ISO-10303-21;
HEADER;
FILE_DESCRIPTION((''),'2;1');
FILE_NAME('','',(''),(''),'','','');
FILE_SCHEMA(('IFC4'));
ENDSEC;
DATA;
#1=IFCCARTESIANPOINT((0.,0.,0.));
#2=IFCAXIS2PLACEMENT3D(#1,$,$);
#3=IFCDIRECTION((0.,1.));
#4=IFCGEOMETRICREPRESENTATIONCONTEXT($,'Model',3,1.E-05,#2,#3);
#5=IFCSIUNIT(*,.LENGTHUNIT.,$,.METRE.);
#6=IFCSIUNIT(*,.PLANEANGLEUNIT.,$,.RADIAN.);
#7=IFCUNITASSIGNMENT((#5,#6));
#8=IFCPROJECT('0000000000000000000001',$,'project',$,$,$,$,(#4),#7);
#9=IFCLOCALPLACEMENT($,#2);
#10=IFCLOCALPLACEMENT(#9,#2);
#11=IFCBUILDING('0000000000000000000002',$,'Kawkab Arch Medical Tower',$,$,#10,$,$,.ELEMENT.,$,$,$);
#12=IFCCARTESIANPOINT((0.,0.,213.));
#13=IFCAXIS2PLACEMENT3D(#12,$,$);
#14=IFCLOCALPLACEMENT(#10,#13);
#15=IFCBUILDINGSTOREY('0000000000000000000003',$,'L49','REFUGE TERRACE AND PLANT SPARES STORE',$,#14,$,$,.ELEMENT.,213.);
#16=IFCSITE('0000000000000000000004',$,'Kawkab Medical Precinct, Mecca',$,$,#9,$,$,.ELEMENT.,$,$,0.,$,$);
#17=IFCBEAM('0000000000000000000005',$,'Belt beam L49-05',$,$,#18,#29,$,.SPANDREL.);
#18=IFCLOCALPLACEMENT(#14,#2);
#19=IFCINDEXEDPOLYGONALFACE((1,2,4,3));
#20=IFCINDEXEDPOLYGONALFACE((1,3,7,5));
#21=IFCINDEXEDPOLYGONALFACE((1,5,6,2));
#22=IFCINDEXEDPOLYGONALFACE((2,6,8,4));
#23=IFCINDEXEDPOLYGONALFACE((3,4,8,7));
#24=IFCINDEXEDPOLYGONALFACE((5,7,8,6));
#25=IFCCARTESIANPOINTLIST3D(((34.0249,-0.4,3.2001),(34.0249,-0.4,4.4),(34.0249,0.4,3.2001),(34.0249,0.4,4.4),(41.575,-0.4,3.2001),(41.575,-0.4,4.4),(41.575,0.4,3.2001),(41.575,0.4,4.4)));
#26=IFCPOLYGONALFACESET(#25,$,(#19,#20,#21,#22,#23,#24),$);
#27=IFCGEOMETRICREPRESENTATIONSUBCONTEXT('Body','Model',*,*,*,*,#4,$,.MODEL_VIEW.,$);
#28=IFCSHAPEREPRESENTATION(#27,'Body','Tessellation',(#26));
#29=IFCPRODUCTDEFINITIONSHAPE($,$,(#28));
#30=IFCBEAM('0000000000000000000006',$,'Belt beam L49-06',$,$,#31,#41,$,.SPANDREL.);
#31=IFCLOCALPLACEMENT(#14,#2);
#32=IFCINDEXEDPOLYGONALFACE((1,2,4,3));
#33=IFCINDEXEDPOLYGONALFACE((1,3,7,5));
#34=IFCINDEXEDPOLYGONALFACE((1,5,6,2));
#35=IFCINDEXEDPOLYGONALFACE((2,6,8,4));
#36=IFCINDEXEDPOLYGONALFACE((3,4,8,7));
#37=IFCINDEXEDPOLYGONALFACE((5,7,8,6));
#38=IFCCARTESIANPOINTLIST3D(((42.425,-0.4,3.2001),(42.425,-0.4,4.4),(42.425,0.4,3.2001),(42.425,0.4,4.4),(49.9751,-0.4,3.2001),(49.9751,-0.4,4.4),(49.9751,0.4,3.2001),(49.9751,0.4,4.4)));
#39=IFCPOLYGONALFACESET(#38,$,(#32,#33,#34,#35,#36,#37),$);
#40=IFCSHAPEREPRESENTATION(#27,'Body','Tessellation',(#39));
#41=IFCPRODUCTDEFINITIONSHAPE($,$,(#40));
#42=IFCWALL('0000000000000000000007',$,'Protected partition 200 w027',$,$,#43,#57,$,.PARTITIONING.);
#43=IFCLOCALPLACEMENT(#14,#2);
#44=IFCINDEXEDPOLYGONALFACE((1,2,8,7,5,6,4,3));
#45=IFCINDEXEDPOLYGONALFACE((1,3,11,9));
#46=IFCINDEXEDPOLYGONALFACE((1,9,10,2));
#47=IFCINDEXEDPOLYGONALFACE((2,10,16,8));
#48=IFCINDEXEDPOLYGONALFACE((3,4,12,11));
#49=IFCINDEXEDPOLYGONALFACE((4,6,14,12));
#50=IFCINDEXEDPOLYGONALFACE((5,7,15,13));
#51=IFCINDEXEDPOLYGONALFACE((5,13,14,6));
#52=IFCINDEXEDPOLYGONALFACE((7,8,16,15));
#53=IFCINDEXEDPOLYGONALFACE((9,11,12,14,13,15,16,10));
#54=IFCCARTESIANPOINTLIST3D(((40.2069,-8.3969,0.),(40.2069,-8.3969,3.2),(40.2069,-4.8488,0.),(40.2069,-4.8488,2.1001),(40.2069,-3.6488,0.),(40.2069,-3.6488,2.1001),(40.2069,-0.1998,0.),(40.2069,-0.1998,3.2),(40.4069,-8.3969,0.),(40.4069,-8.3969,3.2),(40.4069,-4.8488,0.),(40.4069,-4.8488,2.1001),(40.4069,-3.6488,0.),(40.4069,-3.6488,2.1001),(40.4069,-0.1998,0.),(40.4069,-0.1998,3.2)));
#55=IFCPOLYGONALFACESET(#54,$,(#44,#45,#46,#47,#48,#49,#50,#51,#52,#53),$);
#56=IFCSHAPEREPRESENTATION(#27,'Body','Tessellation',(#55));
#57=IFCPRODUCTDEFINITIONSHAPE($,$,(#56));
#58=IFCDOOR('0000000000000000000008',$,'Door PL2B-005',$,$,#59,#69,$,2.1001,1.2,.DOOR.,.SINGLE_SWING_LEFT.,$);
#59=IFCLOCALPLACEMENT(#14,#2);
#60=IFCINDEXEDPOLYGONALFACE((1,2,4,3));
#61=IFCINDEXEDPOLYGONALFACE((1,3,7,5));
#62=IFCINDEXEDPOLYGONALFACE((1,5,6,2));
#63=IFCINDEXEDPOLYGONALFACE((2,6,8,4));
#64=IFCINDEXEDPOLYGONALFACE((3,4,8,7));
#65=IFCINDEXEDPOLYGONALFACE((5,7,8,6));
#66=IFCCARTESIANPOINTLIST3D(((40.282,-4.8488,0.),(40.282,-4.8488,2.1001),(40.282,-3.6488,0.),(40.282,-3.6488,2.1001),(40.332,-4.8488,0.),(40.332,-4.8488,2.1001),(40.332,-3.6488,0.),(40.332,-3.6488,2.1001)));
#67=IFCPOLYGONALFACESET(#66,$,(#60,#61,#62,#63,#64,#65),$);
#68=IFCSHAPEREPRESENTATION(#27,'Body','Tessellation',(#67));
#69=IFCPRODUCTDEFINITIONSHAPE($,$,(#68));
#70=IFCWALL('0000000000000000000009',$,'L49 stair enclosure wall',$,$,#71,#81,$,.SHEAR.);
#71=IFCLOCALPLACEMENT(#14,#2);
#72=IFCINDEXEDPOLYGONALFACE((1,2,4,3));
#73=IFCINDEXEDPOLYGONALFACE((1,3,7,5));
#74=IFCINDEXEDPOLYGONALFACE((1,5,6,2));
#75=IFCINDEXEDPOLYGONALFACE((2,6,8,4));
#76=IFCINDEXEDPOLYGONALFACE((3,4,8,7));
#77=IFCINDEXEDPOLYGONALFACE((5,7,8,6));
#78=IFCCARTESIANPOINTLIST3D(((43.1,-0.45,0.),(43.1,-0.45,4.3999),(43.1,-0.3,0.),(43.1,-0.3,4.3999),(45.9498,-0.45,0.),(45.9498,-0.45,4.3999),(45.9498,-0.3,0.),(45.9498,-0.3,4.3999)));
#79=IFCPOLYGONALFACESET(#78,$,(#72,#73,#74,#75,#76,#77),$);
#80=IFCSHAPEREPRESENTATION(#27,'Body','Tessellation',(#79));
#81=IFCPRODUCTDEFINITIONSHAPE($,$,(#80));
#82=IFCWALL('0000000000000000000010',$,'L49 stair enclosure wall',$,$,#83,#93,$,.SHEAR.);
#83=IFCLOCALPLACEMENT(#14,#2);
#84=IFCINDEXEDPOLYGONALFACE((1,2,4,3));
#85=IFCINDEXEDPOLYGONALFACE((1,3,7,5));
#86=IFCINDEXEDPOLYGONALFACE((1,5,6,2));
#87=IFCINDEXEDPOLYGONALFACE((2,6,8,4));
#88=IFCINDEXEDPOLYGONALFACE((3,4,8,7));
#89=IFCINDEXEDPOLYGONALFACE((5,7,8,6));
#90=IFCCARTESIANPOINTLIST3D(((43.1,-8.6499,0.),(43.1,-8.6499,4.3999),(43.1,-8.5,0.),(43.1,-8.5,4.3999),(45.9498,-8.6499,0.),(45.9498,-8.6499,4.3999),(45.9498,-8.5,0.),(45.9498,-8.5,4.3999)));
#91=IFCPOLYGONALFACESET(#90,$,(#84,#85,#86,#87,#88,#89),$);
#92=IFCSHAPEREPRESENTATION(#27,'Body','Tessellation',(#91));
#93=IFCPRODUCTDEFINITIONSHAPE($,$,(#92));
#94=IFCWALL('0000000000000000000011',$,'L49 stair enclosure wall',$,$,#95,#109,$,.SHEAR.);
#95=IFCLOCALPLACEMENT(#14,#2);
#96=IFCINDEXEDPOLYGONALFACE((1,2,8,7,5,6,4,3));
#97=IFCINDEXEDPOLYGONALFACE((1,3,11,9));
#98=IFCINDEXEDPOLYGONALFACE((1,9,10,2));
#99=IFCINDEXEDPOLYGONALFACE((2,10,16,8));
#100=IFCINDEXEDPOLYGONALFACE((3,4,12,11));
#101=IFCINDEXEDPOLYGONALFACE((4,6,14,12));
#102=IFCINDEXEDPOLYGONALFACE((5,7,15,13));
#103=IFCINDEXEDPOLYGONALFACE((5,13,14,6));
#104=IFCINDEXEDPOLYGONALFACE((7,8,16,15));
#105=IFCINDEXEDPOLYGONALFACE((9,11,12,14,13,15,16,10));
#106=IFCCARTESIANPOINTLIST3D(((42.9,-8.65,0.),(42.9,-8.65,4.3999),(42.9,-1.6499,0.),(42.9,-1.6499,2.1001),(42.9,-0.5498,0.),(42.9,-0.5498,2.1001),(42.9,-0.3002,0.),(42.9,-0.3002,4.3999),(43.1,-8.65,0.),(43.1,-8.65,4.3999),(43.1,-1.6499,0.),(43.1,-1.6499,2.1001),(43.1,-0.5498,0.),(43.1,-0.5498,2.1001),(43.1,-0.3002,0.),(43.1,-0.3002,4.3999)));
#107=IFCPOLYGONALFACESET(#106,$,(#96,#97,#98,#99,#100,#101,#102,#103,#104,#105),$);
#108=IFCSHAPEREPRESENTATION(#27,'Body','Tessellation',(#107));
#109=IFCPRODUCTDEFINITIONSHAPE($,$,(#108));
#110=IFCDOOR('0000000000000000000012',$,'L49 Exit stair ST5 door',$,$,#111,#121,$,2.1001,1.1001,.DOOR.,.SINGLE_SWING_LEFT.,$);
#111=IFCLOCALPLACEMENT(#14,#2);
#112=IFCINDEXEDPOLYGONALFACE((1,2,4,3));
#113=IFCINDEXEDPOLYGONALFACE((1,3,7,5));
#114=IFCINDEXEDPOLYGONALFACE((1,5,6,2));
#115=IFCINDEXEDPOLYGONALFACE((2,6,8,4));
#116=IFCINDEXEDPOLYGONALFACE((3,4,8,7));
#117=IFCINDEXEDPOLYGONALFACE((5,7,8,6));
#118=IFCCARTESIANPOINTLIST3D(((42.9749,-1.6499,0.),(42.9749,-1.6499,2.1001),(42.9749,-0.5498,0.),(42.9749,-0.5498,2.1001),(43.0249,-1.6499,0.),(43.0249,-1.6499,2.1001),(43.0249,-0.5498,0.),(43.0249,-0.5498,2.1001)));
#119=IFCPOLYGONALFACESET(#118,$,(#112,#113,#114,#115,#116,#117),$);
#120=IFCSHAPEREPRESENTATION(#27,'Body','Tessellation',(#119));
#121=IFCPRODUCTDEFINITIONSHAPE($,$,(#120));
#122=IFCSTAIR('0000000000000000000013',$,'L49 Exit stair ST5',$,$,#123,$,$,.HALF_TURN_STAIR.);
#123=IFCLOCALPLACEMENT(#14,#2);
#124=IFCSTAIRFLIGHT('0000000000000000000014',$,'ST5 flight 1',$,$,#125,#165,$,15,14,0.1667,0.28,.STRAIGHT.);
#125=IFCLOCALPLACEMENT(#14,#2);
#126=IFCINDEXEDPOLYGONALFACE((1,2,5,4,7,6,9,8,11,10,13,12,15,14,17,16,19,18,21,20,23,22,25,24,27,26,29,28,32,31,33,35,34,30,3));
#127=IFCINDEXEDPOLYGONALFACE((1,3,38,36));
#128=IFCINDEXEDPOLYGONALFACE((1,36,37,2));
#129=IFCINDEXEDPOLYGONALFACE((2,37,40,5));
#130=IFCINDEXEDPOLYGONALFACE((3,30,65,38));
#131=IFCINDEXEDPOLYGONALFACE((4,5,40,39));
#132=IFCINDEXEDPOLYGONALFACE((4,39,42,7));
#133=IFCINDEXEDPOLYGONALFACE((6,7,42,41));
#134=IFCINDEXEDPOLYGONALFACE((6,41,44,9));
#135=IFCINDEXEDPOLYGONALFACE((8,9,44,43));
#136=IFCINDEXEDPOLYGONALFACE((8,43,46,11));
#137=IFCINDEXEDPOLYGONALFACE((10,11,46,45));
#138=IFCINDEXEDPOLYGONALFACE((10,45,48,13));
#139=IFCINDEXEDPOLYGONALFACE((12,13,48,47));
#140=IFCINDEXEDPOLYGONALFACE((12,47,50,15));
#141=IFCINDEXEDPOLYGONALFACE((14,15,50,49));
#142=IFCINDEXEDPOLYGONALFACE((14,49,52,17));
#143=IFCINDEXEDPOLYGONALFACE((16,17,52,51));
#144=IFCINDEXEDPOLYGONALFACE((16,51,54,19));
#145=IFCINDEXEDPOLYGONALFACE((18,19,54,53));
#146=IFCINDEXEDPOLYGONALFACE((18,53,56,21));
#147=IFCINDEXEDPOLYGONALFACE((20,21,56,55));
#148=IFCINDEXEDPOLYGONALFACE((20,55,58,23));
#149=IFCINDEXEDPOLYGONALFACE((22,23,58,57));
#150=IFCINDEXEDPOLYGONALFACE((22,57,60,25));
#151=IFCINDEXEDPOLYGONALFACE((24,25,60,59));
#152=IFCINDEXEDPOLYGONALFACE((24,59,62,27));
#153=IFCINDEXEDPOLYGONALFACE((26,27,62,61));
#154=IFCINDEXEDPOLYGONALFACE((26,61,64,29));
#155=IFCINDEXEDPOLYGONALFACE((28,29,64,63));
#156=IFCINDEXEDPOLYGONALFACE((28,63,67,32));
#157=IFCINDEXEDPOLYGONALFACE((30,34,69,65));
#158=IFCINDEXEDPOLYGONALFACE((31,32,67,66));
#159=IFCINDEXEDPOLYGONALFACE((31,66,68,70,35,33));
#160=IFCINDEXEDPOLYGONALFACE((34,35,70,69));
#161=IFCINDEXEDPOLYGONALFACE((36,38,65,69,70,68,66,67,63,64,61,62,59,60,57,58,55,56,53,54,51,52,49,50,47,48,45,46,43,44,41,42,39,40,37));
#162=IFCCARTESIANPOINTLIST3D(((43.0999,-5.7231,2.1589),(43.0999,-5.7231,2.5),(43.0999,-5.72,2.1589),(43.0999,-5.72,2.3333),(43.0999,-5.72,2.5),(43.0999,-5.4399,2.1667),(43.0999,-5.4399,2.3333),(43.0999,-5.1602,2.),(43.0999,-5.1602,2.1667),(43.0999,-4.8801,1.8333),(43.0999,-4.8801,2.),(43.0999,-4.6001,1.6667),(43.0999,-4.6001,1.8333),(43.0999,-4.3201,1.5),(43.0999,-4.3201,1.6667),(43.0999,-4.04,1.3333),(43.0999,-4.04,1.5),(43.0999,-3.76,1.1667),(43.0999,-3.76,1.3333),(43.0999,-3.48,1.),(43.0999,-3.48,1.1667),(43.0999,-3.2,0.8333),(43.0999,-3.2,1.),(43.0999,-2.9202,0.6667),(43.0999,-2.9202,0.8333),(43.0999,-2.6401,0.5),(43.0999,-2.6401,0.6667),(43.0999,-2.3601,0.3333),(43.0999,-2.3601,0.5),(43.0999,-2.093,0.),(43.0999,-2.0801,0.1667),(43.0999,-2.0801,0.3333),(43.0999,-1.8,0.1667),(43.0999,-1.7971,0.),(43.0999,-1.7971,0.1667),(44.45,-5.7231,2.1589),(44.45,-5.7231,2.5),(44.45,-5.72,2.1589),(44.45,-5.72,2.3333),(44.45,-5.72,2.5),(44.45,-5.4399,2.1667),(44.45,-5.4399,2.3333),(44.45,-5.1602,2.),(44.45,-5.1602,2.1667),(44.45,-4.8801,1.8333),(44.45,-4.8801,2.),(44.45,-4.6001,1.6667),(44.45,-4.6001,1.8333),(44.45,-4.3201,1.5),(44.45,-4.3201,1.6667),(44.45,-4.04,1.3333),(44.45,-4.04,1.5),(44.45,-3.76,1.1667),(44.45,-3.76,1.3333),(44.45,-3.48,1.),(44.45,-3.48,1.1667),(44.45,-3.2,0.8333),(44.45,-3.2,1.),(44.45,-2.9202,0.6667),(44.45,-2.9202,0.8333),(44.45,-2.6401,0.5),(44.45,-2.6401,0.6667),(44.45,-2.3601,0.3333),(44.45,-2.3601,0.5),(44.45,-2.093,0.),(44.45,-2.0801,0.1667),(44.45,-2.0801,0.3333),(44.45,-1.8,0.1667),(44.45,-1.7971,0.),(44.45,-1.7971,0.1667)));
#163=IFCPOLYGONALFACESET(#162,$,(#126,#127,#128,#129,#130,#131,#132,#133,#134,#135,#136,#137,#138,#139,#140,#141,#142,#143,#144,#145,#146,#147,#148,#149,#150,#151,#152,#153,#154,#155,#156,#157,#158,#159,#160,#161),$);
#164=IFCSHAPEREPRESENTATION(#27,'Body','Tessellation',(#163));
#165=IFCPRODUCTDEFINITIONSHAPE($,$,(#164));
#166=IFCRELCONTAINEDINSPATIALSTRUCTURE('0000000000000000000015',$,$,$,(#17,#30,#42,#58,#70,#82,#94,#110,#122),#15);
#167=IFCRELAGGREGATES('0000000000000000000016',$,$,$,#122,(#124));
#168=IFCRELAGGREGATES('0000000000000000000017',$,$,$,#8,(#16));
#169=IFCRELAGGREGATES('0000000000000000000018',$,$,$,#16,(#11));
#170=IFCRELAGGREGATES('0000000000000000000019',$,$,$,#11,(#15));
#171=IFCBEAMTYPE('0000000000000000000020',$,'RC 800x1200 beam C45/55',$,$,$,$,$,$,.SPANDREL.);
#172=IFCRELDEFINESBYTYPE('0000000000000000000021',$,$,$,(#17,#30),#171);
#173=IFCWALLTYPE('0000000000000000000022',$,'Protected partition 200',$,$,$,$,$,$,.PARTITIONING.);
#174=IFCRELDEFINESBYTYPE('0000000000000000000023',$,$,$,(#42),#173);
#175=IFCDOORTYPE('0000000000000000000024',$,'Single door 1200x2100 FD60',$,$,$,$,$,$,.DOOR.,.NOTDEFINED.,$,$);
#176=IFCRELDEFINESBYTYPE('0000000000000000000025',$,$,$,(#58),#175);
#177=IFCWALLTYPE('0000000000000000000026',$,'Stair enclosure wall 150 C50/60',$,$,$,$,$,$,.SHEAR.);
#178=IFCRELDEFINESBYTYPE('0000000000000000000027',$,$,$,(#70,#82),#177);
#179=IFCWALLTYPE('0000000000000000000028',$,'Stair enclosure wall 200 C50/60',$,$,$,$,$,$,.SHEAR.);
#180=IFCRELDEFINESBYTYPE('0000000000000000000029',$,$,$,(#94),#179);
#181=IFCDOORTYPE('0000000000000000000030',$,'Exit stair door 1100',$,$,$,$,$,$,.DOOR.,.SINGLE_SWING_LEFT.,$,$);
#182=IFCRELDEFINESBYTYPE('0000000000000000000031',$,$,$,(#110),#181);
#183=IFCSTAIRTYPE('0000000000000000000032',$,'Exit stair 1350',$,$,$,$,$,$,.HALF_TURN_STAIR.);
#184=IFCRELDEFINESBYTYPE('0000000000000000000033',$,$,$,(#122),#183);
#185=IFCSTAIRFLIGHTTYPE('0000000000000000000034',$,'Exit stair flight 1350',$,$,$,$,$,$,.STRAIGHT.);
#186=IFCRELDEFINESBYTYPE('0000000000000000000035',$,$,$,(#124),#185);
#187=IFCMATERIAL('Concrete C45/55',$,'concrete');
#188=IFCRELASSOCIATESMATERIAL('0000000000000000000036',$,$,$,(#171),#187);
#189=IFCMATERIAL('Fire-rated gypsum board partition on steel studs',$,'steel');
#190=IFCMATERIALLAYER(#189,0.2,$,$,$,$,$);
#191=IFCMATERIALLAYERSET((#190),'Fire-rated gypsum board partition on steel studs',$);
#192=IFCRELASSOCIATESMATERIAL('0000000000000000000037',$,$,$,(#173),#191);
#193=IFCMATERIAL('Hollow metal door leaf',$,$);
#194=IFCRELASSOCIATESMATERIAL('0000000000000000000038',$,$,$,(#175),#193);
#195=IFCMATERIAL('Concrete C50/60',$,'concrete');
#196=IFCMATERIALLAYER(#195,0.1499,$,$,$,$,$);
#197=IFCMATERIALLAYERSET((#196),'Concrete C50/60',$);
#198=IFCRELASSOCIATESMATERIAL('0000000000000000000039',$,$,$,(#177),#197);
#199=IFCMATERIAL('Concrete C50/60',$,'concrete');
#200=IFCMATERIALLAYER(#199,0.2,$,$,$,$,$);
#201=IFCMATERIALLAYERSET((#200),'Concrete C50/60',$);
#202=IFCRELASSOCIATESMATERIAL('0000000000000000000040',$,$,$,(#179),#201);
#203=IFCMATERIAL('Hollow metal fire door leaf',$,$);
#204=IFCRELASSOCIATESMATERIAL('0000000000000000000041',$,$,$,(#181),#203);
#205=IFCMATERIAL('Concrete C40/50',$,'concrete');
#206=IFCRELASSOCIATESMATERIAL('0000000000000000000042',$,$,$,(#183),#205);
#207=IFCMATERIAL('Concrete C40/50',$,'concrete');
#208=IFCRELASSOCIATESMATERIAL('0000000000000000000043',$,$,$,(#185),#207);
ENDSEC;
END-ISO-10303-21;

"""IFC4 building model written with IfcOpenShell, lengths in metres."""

from ifc_helpers import new_model, si_unit, direction, frame, frame_2d, origin, origin_2d, place, context, subcontext, project, spatial, polyline, rectangle, outline, extrude, material, layer, layer_set, material_profile, profile_set, type_object, element, fill, aggregate, save


model = new_model("IFC4")

# Units and contexts
model_context = context("Model", 3, precision=1e-05, world=origin(), true_north=direction((0.0, 1.0)))
body_context = subcontext(model_context, "Body", "Model", "MODEL_VIEW")
ifc_project = project(units=[si_unit("LENGTHUNIT", "METRE"), si_unit("PLANEANGLEUNIT", "RADIAN")], contexts=[model_context])

# Site, building, storey
site_placement = place(None, origin())
site = spatial("IfcSite", under=ifc_project, at=site_placement, Name="Kawkab Medical Precinct, Mecca", CompositionType="ELEMENT", RefElevation=0.0)
building_placement = place(site_placement, origin())
building = spatial("IfcBuilding", under=site, at=building_placement, Name="Kawkab Arch Medical Tower", CompositionType="ELEMENT")
storey_placement = place(building_placement, frame((0.0, 0.0, 213.0)))
storey = spatial("IfcBuildingStorey", under=building, at=storey_placement, Name="L49", Description="REFUGE TERRACE AND PLANT SPARES STORE", CompositionType="ELEMENT", Elevation=213.0)

# Beams
ifc_material_1 = material(Name="Concrete C45/55", Category="concrete")
ifc_material_profile_1 = material_profile(ifc_material_1, rectangle(XDim=0.8, YDim=1.2, at=origin_2d()), Name="RC 800x1200")
ifc_profile_set_1 = profile_set([ifc_material_profile_1], Name="Concrete C45/55")
beam_type = type_object("IfcBeamType", Name="RC 800x1200 beam C45/55", PredefinedType="SPANDREL", material=ifc_profile_set_1)
for number, where, z_axis, x_axis, name in (
    (1, (34.0249, 0.0, 3.8), (1.0, 0.0, 0.0), (0.0, 1.0, 0.0), "Belt beam L49-05"),
    (2, (42.425, 0.0, 3.8), (1.0, 0.0, 0.0), (0.0, 1.0, 0.0), "Belt beam L49-06"),
):
    element("IfcBeam", number, at=place(storey_placement, frame(where, z_axis=z_axis, x_axis=x_axis)), inside=storey, type_object=beam_type, Name=name, PredefinedType="SPANDREL", context=body_context, shape_type="SweptSolid", body=[
        extrude(rectangle(XDim=0.8, YDim=1.2, at=origin_2d()), origin(), (0.0, 0.0, 1.0), 7.55),
    ])

# Wall, opening, door
ifc_material_2 = material(Name="Fire-rated gypsum board partition on steel studs", Category="steel")
ifc_layer_1 = layer(ifc_material_2, 0.2)
ifc_layer_set_1 = layer_set([ifc_layer_1], Name="Fire-rated gypsum board partition on steel studs")
wall_type_1 = type_object("IfcWallType", Name="Protected partition 200", PredefinedType="PARTITIONING", material=ifc_layer_set_1)
wall_1_placement = place(storey_placement, frame((40.3069, -8.397, 0.0), z_axis=(0.0, 0.0, 1.0), x_axis=(0.0, 1.0, 0.0)))
wall_1 = element("IfcWall", 3, at=wall_1_placement, inside=storey, type_object=wall_type_1, Name="Protected partition 200 w027", PredefinedType="PARTITIONING", context=body_context, shape_type="SweptSolid", body=[
    extrude(rectangle(XDim=8.197, YDim=0.2, at=frame_2d((4.0986, 0.0))), origin(), (0.0, 0.0, 1.0), 3.2),
])
opening_1_placement = place(wall_1_placement, frame((3.5481, 0.0, 0.0)))
opening_1 = element("IfcOpeningElement", 4, at=opening_1_placement, cuts=wall_1, PredefinedType="OPENING", context=body_context, shape_type="SweptSolid", body=[
    extrude(rectangle(XDim=1.2, YDim=2.1001, at=frame_2d((0.6001, 1.05))), frame((0.0, 0.1099, 0.0), z_axis=(0.0, -1.0, 0.0), x_axis=(1.0, 0.0, 0.0)), (0.0, 0.0, 1.0), 0.22),
])
ifc_material_3 = material(Name="Hollow metal door leaf")
door_type_1 = type_object("IfcDoorType", Name="Single door 1200x2100 FD60", OperationType="NOTDEFINED", PredefinedType="DOOR", material=ifc_material_3)
door_1_placement = place(opening_1_placement, origin())
door_1 = element("IfcDoor", 5, at=door_1_placement, inside=storey, type_object=door_type_1, Name="Door PL2B-005", OperationType="SINGLE_SWING_LEFT", OverallHeight=2.1001, OverallWidth=1.2, PredefinedType="DOOR", context=body_context, shape_type="SweptSolid", body=[
    extrude(rectangle(XDim=1.2, YDim=2.1001, at=frame_2d((0.6001, 1.05))), frame((0.0, 0.0249, 0.0), z_axis=(0.0, -1.0, 0.0), x_axis=(1.0, 0.0, 0.0)), (0.0, 0.0, 1.0), 0.05),
])
fill(opening_1, door_1)

# Walls
ifc_material_4 = material(Name="Concrete C50/60", Category="concrete")
ifc_layer_2 = layer(ifc_material_4, 0.1499)
ifc_layer_set_2 = layer_set([ifc_layer_2], Name="Concrete C50/60")
wall_type_2 = type_object("IfcWallType", Name="Stair enclosure wall 150 C50/60", PredefinedType="SHEAR", material=ifc_layer_set_2)
for number, where, z_axis, x_axis, name in (
    (6, (43.1001, -0.375, 0.0), (0.0, 0.0, 1.0), (1.0, 0.0, 0.0), "L49 stair enclosure wall"),
    (7, (43.1001, -8.575, 0.0), (0.0, 0.0, 1.0), (1.0, 0.0, 0.0), "L49 stair enclosure wall"),
):
    element("IfcWall", number, at=place(storey_placement, frame(where, z_axis=z_axis, x_axis=x_axis)), inside=storey, type_object=wall_type_2, Name=name, PredefinedType="SHEAR", context=body_context, shape_type="SweptSolid", body=[
        extrude(rectangle(XDim=2.8499, YDim=0.1499, at=frame_2d((1.4248, 0.0))), origin(), (0.0, 0.0, 1.0), 4.3999),
    ])

# Wall, opening, door
ifc_material_5 = material(Name="Concrete C50/60", Category="concrete")
ifc_layer_3 = layer(ifc_material_5, 0.2)
ifc_layer_set_3 = layer_set([ifc_layer_3], Name="Concrete C50/60")
wall_type_3 = type_object("IfcWallType", Name="Stair enclosure wall 200 C50/60", PredefinedType="SHEAR", material=ifc_layer_set_3)
wall_2_placement = place(storey_placement, frame((43.0, -8.6499, 0.0), z_axis=(0.0, 0.0, 1.0), x_axis=(0.0, 1.0, 0.0)))
wall_2 = element("IfcWall", 8, at=wall_2_placement, inside=storey, type_object=wall_type_3, Name="L49 stair enclosure wall", PredefinedType="SHEAR", context=body_context, shape_type="SweptSolid", body=[
    extrude(rectangle(XDim=8.3499, YDim=0.2, at=frame_2d((4.1748, 0.0))), origin(), (0.0, 0.0, 1.0), 4.3999),
])
opening_2_placement = place(wall_2_placement, frame((7.0, 0.0, 0.0)))
opening_2 = element("IfcOpeningElement", 9, at=opening_2_placement, cuts=wall_2, PredefinedType="OPENING", context=body_context, shape_type="SweptSolid", body=[
    extrude(rectangle(XDim=1.1001, YDim=2.1001, at=frame_2d((0.55, 1.05))), frame((0.0, 0.1099, 0.0), z_axis=(0.0, -1.0, 0.0), x_axis=(1.0, 0.0, 0.0)), (0.0, 0.0, 1.0), 0.22),
])
ifc_material_6 = material(Name="Hollow metal fire door leaf")
door_type_2 = type_object("IfcDoorType", Name="Exit stair door 1100", OperationType="SINGLE_SWING_LEFT", PredefinedType="DOOR", material=ifc_material_6)
door_2_placement = place(opening_2_placement, frame((1.1001, 0.0, 0.0), z_axis=(0.0, 0.0, 1.0), x_axis=(-1.0, 0.0, 0.0)))
door_2 = element("IfcDoor", 10, at=door_2_placement, inside=storey, type_object=door_type_2, Name="L49 Exit stair ST5 door", OperationType="SINGLE_SWING_LEFT", OverallHeight=2.1001, OverallWidth=1.1001, PredefinedType="DOOR", context=body_context, shape_type="SweptSolid", body=[
    extrude(rectangle(XDim=1.1001, YDim=2.1001, at=frame_2d((0.55, 1.05))), frame((0.0, 0.0249, 0.0), z_axis=(0.0, -1.0, 0.0), x_axis=(1.0, 0.0, 0.0)), (0.0, 0.0, 1.0), 0.05),
])
fill(opening_2, door_2)

# Stair, stair flight
ifc_material_7 = material(Name="Concrete C40/50", Category="concrete")
stair_type = type_object("IfcStairType", Name="Exit stair 1350", PredefinedType="HALF_TURN_STAIR", material=ifc_material_7)
stair_placement = place(storey_placement, origin())
stair = element("IfcStair", 11, at=stair_placement, inside=storey, type_object=stair_type, Name="L49 Exit stair ST5", PredefinedType="HALF_TURN_STAIR")
ifc_material_8 = material(Name="Concrete C40/50", Category="concrete")
stair_flight_type = type_object("IfcStairFlightType", Name="Exit stair flight 1350", PredefinedType="STRAIGHT", material=ifc_material_8)
stair_flight_placement = place(storey_placement, frame((43.7749, -1.8, 0.0), z_axis=(0.0, 0.0, 1.0), x_axis=(0.0, -1.0, 0.0)))
stair_flight = element("IfcStairFlight", 12, at=stair_flight_placement, type_object=stair_flight_type, Name="ST5 flight 1", NumberOfRisers=15, NumberOfTreads=14, PredefinedType="STRAIGHT", RiserHeight=0.1667, TreadLength=0.28, context=body_context, shape_type="SweptSolid", body=[
    extrude(outline(polyline([(-0.0029, 0.0), (-0.0029, 0.1667), (0.0, 0.1667), (0.28, 0.1667), (0.28, 0.3333), (0.5601, 0.3333), (0.5601, 0.5), (0.8401, 0.5), (0.8401, 0.6667), (1.1201, 0.6667), (1.1201, 0.8333), (1.3999, 0.8333), (1.3999, 1.0), (1.6799, 1.0), (1.6799, 1.1667), (1.96, 1.1667), (1.96, 1.3333), (2.24, 1.3333), (2.24, 1.5), (2.52, 1.5), (2.52, 1.6667), (2.8, 1.6667), (2.8, 1.8333), (3.0801, 1.8333), (3.0801, 2.0), (3.3601, 2.0), (3.3601, 2.1667), (3.6399, 2.1667), (3.6399, 2.3333), (3.9199, 2.3333), (3.9199, 2.5), (3.9231, 2.5), (3.9231, 2.1589), (3.9199, 2.1589), (0.293, 0.0), (-0.0029, 0.0)])), frame((0.0, 0.675, 0.0), z_axis=(0.0, -1.0, 0.0), x_axis=(1.0, 0.0, 0.0)), (0.0, 0.0, 1.0), 1.3501),
])
aggregate(stair, [stair_flight])

save(model, "model.ifc")
